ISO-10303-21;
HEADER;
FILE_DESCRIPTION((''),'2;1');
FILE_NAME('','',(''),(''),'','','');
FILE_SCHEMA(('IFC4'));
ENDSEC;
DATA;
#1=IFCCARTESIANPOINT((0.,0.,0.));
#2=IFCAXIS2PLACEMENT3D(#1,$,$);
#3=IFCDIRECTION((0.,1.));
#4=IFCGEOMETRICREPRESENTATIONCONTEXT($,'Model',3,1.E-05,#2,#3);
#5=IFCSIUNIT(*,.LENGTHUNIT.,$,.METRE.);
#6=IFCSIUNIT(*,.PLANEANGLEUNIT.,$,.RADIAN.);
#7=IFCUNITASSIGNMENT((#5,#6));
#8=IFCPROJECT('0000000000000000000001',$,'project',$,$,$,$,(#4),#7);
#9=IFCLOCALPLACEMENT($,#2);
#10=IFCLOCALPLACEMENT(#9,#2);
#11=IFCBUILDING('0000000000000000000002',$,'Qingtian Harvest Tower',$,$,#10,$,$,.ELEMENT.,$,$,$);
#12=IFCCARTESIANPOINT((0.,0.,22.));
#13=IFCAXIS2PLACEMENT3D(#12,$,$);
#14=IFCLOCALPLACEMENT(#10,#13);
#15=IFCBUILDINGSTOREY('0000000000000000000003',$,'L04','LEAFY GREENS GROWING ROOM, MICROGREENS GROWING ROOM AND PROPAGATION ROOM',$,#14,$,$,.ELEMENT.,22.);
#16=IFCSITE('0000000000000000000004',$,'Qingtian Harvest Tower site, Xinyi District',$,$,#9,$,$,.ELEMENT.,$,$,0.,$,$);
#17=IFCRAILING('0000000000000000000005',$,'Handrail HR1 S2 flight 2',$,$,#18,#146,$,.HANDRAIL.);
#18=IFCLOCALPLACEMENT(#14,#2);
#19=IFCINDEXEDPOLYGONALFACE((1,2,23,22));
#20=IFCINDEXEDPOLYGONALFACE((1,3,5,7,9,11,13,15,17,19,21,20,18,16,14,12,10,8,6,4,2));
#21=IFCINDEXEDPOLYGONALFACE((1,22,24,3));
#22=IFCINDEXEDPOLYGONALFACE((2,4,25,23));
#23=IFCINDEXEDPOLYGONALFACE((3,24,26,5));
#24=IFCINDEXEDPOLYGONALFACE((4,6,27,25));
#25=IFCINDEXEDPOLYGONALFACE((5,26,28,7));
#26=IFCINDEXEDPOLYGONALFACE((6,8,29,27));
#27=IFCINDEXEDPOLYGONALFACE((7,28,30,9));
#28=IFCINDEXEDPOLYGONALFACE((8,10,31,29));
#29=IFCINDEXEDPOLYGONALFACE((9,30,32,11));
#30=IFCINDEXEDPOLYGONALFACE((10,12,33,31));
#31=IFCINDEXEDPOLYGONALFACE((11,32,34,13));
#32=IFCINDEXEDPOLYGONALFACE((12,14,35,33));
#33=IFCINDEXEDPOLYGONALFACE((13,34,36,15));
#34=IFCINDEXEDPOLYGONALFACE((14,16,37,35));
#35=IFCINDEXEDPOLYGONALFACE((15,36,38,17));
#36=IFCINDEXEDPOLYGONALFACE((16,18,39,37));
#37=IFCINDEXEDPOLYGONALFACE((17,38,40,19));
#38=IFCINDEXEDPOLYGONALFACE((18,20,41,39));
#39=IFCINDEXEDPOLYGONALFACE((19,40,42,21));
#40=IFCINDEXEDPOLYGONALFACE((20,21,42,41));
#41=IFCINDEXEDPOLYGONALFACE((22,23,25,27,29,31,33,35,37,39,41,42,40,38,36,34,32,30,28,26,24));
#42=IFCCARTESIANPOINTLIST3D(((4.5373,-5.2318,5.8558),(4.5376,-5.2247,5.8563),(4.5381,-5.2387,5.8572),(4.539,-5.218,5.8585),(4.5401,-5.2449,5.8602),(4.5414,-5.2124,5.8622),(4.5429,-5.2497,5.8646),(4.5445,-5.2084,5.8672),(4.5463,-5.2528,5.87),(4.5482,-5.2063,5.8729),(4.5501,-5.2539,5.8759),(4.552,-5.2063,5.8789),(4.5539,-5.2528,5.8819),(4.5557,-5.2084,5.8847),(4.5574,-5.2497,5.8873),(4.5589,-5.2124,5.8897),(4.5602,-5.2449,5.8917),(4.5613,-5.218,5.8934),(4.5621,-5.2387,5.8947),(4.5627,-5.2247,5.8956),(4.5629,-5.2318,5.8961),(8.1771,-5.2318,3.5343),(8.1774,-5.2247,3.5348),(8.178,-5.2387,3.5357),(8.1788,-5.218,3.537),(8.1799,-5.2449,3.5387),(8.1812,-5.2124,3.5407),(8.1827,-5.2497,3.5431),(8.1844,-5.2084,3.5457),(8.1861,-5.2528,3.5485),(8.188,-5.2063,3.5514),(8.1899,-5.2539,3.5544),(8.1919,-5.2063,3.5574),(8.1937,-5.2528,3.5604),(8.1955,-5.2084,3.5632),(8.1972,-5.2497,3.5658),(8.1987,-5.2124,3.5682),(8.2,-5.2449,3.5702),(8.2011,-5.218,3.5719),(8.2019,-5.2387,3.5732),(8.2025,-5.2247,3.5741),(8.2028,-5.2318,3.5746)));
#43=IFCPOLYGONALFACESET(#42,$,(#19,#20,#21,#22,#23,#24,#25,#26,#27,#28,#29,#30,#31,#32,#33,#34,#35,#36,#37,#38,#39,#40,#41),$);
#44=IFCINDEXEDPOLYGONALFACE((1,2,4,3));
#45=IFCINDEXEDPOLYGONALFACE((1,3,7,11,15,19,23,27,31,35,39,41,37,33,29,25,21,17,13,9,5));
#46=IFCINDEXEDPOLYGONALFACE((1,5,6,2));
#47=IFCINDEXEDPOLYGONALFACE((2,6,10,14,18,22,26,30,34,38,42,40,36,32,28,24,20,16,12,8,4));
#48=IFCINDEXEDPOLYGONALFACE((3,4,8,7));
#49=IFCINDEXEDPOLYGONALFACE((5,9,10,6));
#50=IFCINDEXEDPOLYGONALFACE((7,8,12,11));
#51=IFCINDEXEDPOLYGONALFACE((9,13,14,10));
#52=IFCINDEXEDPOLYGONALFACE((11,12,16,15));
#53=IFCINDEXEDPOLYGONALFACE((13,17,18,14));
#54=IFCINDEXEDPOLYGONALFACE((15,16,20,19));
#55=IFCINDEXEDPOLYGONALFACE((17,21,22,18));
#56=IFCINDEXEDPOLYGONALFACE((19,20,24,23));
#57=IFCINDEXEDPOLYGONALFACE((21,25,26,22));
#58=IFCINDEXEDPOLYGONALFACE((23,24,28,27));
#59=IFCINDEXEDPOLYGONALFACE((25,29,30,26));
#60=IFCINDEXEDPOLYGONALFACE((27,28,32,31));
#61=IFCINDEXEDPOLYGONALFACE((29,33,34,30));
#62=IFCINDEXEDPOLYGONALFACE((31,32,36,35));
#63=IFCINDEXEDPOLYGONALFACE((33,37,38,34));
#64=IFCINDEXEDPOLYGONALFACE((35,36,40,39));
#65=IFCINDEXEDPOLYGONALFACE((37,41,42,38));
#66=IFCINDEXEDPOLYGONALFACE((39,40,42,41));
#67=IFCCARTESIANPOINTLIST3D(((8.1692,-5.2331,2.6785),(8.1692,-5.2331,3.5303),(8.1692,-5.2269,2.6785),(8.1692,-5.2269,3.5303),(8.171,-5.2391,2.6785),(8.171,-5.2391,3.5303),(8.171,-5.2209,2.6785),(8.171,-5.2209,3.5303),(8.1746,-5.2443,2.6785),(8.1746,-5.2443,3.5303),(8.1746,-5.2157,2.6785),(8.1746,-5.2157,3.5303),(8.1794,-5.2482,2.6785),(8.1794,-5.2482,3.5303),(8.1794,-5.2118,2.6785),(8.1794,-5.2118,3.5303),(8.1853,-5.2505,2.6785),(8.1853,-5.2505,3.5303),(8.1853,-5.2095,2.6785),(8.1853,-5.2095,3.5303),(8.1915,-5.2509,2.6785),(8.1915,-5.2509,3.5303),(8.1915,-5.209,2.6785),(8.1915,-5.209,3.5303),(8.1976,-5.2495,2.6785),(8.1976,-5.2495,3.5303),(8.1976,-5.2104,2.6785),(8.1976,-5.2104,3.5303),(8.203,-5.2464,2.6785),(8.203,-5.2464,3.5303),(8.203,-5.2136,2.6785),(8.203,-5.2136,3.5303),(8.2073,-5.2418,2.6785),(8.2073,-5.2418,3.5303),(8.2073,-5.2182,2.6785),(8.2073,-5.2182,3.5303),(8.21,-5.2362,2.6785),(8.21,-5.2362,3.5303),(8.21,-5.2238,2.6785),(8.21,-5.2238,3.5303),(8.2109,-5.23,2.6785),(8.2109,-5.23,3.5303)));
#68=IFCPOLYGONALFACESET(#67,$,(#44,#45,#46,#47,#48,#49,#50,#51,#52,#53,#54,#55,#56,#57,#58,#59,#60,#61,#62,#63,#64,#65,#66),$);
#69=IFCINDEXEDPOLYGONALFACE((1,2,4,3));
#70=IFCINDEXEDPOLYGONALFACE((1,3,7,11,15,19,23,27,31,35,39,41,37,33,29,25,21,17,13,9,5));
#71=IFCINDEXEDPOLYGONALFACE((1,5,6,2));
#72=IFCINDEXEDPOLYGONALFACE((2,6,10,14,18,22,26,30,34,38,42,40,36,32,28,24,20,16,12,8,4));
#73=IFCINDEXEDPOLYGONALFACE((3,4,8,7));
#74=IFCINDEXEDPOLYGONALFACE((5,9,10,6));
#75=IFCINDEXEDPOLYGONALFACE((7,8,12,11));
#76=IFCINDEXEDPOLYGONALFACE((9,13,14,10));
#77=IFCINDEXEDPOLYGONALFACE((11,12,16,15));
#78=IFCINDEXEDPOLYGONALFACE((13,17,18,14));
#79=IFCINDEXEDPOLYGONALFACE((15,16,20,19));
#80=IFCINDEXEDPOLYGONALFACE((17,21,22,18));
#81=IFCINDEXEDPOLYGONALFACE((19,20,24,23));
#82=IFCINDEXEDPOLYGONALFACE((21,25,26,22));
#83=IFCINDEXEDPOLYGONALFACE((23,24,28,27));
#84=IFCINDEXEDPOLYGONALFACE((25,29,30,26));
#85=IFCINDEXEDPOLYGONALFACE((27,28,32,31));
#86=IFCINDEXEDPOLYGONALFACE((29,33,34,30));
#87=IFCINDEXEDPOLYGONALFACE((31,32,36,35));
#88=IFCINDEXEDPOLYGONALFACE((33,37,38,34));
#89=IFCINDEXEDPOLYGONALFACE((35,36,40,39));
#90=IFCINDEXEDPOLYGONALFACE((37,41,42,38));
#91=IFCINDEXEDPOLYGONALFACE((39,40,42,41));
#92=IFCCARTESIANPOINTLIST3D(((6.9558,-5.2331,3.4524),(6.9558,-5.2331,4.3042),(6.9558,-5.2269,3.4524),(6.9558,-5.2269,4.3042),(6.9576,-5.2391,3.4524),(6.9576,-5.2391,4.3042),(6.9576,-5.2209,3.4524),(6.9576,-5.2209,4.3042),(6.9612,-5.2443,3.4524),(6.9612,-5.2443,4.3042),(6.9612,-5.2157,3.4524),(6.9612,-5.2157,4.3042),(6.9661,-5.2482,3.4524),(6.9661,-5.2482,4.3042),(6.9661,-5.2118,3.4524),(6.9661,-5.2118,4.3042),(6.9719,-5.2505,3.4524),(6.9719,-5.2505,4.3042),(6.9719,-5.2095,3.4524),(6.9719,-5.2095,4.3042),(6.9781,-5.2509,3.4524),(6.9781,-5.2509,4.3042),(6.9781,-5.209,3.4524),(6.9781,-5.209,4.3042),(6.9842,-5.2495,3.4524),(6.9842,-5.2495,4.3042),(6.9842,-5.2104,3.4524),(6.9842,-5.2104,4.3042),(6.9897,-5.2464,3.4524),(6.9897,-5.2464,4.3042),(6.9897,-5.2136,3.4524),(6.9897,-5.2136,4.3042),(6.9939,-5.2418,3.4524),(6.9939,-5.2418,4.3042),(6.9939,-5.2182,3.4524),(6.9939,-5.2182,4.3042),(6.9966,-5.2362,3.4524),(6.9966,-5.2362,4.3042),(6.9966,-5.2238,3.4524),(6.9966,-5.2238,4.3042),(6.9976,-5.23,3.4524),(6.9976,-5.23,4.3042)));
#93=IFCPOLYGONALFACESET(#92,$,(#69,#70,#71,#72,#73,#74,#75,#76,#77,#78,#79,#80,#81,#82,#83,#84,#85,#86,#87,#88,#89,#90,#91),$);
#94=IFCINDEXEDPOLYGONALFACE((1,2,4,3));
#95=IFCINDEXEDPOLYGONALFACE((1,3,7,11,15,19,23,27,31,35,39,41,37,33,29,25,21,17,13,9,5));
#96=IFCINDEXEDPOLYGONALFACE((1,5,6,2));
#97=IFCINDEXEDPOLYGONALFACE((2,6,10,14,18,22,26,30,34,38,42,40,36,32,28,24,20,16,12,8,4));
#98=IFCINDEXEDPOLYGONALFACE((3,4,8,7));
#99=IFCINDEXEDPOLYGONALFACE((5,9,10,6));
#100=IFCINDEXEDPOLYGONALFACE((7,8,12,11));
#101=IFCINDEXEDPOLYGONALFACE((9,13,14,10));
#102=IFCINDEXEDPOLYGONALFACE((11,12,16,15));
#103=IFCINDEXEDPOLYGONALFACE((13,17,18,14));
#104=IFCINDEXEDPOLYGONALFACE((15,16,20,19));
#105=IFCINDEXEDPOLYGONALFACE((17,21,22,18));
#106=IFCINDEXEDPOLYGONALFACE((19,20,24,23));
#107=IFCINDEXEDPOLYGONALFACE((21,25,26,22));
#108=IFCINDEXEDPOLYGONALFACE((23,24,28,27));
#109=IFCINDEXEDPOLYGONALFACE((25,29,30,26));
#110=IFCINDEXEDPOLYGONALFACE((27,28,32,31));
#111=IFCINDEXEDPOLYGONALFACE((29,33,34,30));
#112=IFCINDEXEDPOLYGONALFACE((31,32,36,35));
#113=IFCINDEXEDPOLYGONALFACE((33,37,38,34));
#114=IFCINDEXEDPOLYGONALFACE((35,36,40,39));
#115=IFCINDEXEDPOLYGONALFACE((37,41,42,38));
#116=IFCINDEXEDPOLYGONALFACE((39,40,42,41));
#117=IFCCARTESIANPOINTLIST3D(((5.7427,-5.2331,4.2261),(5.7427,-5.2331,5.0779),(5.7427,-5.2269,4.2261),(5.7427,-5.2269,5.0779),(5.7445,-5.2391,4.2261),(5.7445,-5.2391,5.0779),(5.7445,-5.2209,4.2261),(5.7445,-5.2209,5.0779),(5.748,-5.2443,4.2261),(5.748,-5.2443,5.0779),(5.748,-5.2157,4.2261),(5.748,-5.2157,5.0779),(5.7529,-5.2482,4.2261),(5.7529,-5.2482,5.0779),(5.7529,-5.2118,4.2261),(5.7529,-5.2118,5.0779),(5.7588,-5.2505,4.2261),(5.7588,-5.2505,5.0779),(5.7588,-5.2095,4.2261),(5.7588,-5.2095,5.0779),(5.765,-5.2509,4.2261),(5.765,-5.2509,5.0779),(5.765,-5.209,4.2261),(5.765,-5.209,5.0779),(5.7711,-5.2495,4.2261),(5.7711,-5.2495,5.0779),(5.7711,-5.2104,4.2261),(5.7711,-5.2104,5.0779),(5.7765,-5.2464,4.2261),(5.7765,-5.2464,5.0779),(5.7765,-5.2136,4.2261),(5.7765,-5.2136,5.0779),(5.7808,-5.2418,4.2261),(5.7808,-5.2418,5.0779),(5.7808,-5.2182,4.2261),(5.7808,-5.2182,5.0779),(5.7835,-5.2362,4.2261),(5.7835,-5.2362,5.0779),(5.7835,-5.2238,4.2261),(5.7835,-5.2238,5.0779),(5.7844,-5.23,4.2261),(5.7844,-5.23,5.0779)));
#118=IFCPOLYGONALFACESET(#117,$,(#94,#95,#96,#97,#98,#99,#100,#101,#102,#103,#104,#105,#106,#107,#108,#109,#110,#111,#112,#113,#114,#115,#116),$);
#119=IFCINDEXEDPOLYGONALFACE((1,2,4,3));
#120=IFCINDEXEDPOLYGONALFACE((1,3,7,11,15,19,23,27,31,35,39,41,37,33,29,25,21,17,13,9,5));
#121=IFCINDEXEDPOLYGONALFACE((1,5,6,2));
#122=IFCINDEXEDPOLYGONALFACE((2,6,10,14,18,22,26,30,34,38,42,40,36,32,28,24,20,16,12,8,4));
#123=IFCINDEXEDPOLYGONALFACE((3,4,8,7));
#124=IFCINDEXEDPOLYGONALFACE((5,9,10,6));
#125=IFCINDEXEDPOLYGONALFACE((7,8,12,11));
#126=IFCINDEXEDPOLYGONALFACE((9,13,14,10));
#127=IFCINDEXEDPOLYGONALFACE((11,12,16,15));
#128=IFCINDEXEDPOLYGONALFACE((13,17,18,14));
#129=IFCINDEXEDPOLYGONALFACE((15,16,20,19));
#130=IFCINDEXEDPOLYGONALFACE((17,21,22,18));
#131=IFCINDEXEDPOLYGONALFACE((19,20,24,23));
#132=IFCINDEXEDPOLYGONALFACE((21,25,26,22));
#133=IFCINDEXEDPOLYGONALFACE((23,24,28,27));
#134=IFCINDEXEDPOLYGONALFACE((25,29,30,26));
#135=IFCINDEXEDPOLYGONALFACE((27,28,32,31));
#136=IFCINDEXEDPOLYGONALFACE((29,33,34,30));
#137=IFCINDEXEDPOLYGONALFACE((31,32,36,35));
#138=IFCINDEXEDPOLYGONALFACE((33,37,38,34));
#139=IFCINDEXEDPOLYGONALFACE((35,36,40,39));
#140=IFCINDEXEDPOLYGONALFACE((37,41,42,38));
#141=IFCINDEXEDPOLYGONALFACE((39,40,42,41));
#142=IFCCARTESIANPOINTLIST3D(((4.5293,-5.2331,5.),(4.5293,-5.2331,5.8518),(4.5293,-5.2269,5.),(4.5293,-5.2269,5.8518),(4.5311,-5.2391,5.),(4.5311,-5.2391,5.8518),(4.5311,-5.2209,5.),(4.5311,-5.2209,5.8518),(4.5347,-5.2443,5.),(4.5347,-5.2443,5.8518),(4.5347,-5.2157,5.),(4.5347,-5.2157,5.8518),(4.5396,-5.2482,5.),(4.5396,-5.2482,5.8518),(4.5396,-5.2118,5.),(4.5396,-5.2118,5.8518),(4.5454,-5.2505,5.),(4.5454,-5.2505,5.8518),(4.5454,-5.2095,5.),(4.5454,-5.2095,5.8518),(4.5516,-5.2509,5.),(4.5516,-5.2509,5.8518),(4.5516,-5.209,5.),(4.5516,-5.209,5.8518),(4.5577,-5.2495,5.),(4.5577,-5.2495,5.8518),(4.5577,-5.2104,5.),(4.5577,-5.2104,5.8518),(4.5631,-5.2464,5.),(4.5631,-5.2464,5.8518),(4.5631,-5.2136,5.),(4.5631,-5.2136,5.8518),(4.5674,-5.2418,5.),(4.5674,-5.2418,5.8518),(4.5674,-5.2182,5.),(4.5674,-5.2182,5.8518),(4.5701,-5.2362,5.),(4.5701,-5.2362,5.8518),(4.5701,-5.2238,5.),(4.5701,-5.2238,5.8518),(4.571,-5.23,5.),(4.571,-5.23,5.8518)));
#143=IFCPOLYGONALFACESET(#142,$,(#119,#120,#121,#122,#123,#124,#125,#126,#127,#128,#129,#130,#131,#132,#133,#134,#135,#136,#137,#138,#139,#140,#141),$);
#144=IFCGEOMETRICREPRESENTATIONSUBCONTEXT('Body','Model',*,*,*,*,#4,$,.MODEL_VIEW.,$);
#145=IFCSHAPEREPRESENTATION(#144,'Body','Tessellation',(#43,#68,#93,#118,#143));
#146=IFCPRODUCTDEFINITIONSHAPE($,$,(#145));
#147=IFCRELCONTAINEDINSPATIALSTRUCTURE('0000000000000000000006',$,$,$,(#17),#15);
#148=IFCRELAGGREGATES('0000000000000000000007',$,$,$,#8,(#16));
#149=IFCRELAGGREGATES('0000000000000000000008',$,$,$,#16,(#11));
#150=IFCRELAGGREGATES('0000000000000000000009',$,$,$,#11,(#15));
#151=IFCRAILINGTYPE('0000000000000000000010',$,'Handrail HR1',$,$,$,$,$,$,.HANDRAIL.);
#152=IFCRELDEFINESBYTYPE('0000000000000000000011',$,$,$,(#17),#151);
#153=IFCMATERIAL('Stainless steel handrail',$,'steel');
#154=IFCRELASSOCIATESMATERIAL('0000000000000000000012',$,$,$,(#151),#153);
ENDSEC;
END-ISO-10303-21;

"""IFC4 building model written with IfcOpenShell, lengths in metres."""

from ifc_helpers import new_model, si_unit, direction, frame, origin, origin_2d, place, context, subcontext, project, spatial, circle, extrude, material, type_object, element, save


model = new_model("IFC4")

# Units and contexts
model_context = context("Model", 3, precision=1e-05, world=origin(), true_north=direction((0.0, 1.0)))
body_context = subcontext(model_context, "Body", "Model", "MODEL_VIEW")
ifc_project = project(units=[si_unit("LENGTHUNIT", "METRE"), si_unit("PLANEANGLEUNIT", "RADIAN")], contexts=[model_context])

# Site, building, storey
site_placement = place(None, origin())
site = spatial("IfcSite", under=ifc_project, at=site_placement, Name="Qingtian Harvest Tower site, Xinyi District", CompositionType="ELEMENT", RefElevation=0.0)
building_placement = place(site_placement, origin())
building = spatial("IfcBuilding", under=site, at=building_placement, Name="Qingtian Harvest Tower", CompositionType="ELEMENT")
storey_placement = place(building_placement, frame((0.0, 0.0, 22.0)))
storey = spatial("IfcBuildingStorey", under=building, at=storey_placement, Name="L04", Description="LEAFY GREENS GROWING ROOM, MICROGREENS GROWING ROOM AND PROPAGATION ROOM", CompositionType="ELEMENT", Elevation=22.0)

# Railing
ifc_material_1 = material(Name="Stainless steel handrail", Category="steel")
railing_type = type_object("IfcRailingType", Name="Handrail HR1", PredefinedType="HANDRAIL", material=ifc_material_1)
railing_1_placement = place(storey_placement, frame((8.1899, -5.23, 2.6785)))
element("IfcRailing", 1, at=railing_1_placement, inside=storey, type_object=railing_type, Name="Handrail HR1 S2 flight 2", PredefinedType="HANDRAIL", context=body_context, shape_type="SweptSolid", body=[
    extrude(circle(Radius=0.0239, at=origin_2d()), frame((0.0, 0.0, 0.876), z_axis=(-0.843112, 0.0, 0.537739), x_axis=(0.0, -1.0, 0.0)), (0.0, 0.0, 1.0), 4.3171),
    extrude(circle(Radius=0.021, at=origin_2d()), origin(), (0.0, 0.0, 1.0), 0.8518),
    extrude(circle(Radius=0.021, at=origin_2d()), frame((-1.2134, 0.0, 0.7739)), (0.0, 0.0, 1.0), 0.8518),
    extrude(circle(Radius=0.021, at=origin_2d()), frame((-2.4265, 0.0, 1.5476)), (0.0, 0.0, 1.0), 0.8518),
    extrude(circle(Radius=0.021, at=origin_2d()), frame((-3.6399, 0.0, 2.3215)), (0.0, 0.0, 1.0), 0.8518),
])

save(model, "model.ifc")
